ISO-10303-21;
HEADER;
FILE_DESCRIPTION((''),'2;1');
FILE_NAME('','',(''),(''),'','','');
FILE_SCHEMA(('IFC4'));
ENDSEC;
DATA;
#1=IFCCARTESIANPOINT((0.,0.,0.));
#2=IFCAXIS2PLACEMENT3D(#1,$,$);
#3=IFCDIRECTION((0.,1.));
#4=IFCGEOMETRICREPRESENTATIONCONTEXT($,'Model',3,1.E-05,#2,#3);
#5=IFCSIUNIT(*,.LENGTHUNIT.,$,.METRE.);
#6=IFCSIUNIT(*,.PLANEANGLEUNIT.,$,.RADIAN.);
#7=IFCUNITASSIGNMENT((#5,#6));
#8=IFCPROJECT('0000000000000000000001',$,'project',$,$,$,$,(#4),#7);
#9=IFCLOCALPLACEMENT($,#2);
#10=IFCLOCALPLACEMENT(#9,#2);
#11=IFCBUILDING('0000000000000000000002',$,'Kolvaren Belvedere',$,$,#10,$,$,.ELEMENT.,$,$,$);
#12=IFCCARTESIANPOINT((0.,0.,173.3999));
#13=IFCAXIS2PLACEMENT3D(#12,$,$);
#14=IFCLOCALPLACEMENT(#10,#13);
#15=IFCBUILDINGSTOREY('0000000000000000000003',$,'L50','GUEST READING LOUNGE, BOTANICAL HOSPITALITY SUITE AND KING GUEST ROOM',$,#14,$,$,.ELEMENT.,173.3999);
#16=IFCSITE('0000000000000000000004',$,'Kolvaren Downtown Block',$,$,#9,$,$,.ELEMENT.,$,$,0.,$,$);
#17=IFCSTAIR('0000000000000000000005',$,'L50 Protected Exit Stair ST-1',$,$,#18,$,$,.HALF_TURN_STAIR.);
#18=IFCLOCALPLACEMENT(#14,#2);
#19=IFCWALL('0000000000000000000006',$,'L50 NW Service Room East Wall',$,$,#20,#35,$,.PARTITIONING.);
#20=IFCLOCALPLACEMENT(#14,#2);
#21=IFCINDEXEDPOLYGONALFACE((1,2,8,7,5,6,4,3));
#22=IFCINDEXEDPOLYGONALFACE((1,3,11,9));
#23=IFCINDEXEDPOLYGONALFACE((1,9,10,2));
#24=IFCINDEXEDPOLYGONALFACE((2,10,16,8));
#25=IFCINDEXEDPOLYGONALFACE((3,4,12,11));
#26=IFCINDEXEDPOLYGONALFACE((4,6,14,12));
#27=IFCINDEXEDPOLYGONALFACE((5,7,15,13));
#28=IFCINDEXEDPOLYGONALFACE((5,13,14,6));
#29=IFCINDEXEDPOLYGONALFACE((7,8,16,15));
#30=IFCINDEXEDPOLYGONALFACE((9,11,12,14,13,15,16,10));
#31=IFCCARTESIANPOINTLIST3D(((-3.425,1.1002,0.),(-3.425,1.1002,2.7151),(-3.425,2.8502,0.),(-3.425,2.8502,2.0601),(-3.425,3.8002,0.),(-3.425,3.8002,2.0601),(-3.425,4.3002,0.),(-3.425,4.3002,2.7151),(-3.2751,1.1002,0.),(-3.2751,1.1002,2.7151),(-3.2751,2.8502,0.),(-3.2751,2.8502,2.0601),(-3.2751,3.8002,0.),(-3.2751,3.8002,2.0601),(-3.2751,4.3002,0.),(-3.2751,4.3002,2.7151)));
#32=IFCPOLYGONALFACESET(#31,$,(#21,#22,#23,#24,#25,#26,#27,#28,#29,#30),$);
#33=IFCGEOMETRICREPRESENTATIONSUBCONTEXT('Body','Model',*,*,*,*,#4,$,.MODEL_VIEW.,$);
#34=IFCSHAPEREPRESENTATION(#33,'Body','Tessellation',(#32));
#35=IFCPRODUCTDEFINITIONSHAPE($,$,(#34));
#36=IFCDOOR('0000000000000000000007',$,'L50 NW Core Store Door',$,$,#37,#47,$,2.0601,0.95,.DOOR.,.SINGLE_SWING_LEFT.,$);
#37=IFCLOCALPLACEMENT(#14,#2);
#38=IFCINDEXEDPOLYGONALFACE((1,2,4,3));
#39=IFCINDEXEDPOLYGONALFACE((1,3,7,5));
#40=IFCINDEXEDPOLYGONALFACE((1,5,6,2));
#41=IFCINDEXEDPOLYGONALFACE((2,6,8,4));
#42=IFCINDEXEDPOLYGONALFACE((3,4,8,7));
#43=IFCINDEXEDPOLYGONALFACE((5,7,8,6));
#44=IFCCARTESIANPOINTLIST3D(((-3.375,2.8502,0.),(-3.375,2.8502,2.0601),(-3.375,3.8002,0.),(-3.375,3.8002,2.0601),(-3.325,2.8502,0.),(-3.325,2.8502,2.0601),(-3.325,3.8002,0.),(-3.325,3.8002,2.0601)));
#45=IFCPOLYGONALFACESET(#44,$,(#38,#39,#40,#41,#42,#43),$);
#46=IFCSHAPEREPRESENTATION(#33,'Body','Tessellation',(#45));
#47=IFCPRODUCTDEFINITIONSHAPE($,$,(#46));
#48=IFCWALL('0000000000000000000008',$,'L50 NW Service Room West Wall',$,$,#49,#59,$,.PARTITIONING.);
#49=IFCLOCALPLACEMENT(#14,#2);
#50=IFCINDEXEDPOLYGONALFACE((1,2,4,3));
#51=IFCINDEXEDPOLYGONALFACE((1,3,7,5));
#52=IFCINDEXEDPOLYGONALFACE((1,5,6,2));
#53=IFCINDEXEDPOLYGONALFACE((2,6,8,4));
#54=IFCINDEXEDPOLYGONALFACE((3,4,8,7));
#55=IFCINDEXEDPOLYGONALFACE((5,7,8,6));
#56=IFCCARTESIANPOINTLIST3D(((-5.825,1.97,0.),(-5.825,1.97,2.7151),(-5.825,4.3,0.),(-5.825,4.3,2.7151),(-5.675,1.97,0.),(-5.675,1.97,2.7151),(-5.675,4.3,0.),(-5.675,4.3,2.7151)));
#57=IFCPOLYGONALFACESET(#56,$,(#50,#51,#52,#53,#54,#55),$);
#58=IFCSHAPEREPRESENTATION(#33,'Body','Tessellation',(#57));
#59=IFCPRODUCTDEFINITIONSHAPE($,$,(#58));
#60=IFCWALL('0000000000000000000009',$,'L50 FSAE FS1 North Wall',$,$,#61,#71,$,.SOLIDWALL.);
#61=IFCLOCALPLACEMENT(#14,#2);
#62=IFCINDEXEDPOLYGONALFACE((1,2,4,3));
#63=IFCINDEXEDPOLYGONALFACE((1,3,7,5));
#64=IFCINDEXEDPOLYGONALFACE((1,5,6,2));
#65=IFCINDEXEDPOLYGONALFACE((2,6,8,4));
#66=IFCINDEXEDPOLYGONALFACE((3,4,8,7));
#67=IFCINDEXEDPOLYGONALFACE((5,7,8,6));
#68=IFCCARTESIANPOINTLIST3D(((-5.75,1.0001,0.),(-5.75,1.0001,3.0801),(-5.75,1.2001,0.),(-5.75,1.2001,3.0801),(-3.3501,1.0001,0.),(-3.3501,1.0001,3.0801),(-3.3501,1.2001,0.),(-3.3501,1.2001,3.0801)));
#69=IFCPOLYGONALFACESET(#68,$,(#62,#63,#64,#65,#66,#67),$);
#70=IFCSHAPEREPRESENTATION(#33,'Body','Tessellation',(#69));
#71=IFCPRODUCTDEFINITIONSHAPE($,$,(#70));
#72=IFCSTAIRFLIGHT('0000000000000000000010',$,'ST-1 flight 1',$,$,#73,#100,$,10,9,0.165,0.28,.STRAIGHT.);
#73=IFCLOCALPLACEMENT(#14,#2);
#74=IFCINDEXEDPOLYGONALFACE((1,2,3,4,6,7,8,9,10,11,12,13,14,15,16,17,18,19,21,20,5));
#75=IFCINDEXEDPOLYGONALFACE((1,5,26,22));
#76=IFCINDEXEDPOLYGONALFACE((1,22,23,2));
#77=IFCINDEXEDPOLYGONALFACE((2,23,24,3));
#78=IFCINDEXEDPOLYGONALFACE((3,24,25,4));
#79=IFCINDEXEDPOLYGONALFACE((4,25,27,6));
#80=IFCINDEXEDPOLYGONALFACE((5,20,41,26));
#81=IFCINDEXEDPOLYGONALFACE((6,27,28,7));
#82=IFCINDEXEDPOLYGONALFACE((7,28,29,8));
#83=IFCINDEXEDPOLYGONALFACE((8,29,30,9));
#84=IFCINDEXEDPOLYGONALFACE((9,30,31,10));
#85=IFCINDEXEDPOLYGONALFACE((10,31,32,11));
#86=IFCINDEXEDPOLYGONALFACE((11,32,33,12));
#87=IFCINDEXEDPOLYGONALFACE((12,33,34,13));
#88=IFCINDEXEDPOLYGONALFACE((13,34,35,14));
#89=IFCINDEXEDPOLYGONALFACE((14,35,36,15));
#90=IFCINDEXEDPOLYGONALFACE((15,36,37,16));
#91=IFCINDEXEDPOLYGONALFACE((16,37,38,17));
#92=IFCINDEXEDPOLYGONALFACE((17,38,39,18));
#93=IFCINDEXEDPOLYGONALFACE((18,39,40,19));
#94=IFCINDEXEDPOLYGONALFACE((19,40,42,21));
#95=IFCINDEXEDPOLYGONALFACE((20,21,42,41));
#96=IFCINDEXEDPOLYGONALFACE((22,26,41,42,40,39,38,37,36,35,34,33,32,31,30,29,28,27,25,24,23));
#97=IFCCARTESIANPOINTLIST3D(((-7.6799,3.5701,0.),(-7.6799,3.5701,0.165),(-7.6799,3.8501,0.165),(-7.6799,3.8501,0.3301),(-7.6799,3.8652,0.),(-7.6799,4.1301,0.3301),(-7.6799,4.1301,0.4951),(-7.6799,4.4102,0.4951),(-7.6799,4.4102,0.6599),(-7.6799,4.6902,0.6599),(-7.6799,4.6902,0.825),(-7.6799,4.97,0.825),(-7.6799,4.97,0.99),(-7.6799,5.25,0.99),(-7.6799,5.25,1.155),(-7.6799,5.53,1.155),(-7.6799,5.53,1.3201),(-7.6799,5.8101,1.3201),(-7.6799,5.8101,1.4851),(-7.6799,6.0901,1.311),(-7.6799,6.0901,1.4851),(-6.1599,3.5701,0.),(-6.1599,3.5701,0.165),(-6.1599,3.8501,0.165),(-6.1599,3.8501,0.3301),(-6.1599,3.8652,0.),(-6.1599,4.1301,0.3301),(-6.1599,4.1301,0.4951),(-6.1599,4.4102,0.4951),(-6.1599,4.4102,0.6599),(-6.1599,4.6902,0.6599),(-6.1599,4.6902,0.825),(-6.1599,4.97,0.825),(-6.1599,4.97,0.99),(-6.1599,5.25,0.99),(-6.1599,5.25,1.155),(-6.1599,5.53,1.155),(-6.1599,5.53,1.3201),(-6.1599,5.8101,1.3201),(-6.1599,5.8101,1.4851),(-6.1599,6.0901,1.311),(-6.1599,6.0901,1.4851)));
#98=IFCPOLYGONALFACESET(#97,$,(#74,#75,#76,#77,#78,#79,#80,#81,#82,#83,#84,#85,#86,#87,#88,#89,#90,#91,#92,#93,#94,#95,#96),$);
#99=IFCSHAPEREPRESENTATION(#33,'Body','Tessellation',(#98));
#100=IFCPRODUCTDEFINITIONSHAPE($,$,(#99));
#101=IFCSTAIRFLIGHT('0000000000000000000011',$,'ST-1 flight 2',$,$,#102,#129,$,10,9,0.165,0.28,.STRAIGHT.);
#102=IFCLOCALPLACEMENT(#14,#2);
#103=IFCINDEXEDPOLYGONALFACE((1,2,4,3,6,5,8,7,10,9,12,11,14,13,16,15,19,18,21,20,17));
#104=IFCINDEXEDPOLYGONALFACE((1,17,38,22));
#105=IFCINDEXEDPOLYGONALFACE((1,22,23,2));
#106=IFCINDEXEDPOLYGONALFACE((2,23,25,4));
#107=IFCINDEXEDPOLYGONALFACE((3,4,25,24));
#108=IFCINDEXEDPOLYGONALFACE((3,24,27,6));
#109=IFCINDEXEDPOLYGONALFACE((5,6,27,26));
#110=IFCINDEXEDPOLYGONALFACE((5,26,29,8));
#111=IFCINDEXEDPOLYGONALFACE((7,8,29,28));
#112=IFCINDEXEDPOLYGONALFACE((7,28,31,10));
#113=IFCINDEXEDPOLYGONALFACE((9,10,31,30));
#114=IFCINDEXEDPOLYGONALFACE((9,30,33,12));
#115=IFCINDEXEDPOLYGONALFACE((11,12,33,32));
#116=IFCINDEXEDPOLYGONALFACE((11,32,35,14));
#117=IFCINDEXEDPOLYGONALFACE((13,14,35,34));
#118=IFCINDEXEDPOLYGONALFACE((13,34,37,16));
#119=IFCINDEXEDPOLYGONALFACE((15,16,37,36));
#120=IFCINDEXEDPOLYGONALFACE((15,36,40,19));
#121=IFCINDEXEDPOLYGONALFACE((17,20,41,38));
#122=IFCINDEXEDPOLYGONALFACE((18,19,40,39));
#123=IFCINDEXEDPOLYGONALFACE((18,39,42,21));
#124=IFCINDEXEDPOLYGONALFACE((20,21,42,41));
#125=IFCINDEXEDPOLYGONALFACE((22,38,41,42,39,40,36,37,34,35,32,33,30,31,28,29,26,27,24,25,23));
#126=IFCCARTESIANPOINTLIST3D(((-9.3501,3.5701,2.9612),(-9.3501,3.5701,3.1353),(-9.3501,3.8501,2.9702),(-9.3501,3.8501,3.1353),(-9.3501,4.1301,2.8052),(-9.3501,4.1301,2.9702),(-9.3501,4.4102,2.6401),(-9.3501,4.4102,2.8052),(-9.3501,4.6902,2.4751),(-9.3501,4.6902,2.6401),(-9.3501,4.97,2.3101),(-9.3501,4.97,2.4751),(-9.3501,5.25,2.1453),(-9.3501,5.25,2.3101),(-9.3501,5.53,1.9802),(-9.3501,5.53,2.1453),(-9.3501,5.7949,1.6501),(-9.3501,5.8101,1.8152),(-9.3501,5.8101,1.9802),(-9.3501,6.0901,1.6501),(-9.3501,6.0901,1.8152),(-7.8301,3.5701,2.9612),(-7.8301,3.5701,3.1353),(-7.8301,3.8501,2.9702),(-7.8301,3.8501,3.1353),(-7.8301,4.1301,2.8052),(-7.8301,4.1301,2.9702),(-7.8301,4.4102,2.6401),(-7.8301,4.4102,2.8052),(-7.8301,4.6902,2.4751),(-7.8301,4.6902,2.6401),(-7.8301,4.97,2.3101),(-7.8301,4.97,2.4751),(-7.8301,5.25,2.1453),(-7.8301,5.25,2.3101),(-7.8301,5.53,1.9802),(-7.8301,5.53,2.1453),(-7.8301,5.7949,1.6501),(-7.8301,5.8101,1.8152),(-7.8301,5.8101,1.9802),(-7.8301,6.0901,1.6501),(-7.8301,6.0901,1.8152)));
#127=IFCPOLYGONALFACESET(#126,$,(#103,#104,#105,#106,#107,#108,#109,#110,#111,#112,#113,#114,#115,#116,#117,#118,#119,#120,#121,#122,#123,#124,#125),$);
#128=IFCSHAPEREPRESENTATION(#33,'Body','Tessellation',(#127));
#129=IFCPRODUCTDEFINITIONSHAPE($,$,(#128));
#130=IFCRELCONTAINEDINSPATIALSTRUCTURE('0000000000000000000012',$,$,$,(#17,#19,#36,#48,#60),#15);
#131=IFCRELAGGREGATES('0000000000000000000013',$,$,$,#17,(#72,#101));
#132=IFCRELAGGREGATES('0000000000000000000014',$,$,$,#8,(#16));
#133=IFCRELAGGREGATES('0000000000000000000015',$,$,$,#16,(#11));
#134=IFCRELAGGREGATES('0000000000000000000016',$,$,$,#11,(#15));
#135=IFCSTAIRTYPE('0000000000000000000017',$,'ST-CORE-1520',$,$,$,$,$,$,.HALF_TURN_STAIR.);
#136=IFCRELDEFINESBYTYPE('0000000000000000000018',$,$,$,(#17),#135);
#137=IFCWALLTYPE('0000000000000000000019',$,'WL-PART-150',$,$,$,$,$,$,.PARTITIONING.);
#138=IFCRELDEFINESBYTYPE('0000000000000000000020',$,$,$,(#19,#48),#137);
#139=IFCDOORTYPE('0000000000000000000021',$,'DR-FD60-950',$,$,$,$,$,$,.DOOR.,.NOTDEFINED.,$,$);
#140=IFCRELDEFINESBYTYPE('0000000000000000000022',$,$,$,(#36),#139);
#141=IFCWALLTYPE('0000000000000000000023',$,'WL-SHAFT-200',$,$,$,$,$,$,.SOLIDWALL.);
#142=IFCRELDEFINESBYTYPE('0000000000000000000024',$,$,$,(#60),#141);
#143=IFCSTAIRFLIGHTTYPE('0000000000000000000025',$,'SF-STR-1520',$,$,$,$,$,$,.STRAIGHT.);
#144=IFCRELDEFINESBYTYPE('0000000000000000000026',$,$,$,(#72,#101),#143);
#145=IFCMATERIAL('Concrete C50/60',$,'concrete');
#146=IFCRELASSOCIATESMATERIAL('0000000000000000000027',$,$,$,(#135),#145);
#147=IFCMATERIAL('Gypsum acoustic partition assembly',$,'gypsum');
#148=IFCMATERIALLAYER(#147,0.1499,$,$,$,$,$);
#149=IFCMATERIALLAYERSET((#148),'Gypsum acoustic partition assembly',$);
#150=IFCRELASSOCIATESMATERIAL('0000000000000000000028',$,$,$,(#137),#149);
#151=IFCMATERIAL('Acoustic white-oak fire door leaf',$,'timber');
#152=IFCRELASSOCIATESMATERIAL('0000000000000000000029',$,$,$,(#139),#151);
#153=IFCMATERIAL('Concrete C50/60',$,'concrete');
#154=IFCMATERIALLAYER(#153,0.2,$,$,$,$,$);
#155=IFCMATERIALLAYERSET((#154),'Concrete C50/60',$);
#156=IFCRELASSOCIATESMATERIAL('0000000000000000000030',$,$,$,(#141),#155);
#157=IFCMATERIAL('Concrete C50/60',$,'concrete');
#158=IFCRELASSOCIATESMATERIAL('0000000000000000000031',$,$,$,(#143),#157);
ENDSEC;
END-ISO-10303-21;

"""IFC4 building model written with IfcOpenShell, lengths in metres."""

from ifc_helpers import new_model, si_unit, direction, frame, frame_2d, origin, place, context, subcontext, project, spatial, polyline, rectangle, outline, extrude, material, layer, layer_set, type_object, element, fill, aggregate, save


model = new_model("IFC4")

# Units and contexts
model_context = context("Model", 3, precision=1e-05, world=origin(), true_north=direction((0.0, 1.0)))
body_context = subcontext(model_context, "Body", "Model", "MODEL_VIEW")
ifc_project = project(units=[si_unit("LENGTHUNIT", "METRE"), si_unit("PLANEANGLEUNIT", "RADIAN")], contexts=[model_context])

# Site, building, storey
site_placement = place(None, origin())
site = spatial("IfcSite", under=ifc_project, at=site_placement, Name="Kolvaren Downtown Block", CompositionType="ELEMENT", RefElevation=0.0)
building_placement = place(site_placement, origin())
building = spatial("IfcBuilding", under=site, at=building_placement, Name="Kolvaren Belvedere", CompositionType="ELEMENT")
storey_placement = place(building_placement, frame((0.0, 0.0, 173.3999)))
storey = spatial("IfcBuildingStorey", under=building, at=storey_placement, Name="L50", Description="GUEST READING LOUNGE, BOTANICAL HOSPITALITY SUITE AND KING GUEST ROOM", CompositionType="ELEMENT", Elevation=173.3999)

# Stair
ifc_material_1 = material(Name="Concrete C50/60", Category="concrete")
stair_type = type_object("IfcStairType", Name="ST-CORE-1520", PredefinedType="HALF_TURN_STAIR", material=ifc_material_1)
stair_placement = place(storey_placement, origin())
stair = element("IfcStair", 1, at=stair_placement, inside=storey, type_object=stair_type, Name="L50 Protected Exit Stair ST-1", PredefinedType="HALF_TURN_STAIR")

# Shared definitions
ifc_material_2 = material(Name="Gypsum acoustic partition assembly", Category="gypsum")
ifc_layer_1 = layer(ifc_material_2, 0.1499)
ifc_layer_set_1 = layer_set([ifc_layer_1], Name="Gypsum acoustic partition assembly")
wall_type_1 = type_object("IfcWallType", Name="WL-PART-150", PredefinedType="PARTITIONING", material=ifc_layer_set_1)

# Wall, opening, door
wall_1_placement = place(storey_placement, frame((-3.3501, 1.1001, 0.0), z_axis=(0.0, 0.0, 1.0), x_axis=(0.0, 1.0, 0.0)))
wall_1 = element("IfcWall", 2, at=wall_1_placement, inside=storey, type_object=wall_type_1, Name="L50 NW Service Room East Wall", PredefinedType="PARTITIONING", context=body_context, shape_type="SweptSolid", body=[
    extrude(rectangle(XDim=3.2, YDim=0.1499, at=frame_2d((1.6001, 0.0))), origin(), (0.0, 0.0, 1.0), 2.7151),
])
opening_1_placement = place(wall_1_placement, frame((1.75, 0.0, 0.0)))
opening_1 = element("IfcOpeningElement", 3, at=opening_1_placement, cuts=wall_1, PredefinedType="OPENING", context=body_context, shape_type="SweptSolid", body=[
    extrude(rectangle(XDim=0.95, YDim=2.0601, at=frame_2d((0.4751, 1.03))), frame((0.0, 0.085, 0.0), z_axis=(0.0, -1.0, 0.0), x_axis=(1.0, 0.0, 0.0)), (0.0, 0.0, 1.0), 0.1699),
])
ifc_material_3 = material(Name="Acoustic white-oak fire door leaf", Category="timber")
door_type_1 = type_object("IfcDoorType", Name="DR-FD60-950", OperationType="NOTDEFINED", PredefinedType="DOOR", material=ifc_material_3)
door_1_placement = place(opening_1_placement, origin())
door_1 = element("IfcDoor", 4, at=door_1_placement, inside=storey, type_object=door_type_1, Name="L50 NW Core Store Door", OperationType="SINGLE_SWING_LEFT", OverallHeight=2.0601, OverallWidth=0.95, PredefinedType="DOOR", context=body_context, shape_type="SweptSolid", body=[
    extrude(rectangle(XDim=0.95, YDim=2.0601, at=frame_2d((0.4751, 1.03))), frame((0.0, 0.0249, 0.0), z_axis=(0.0, -1.0, 0.0), x_axis=(1.0, 0.0, 0.0)), (0.0, 0.0, 1.0), 0.05),
])
fill(opening_1, door_1)

# Walls
wall_2_placement = place(storey_placement, frame((-5.75, 1.97, 0.0), z_axis=(0.0, 0.0, 1.0), x_axis=(0.0, 1.0, 0.0)))
element("IfcWall", 5, at=wall_2_placement, inside=storey, type_object=wall_type_1, Name="L50 NW Service Room West Wall", PredefinedType="PARTITIONING", context=body_context, shape_type="SweptSolid", body=[
    extrude(rectangle(XDim=2.3301, YDim=0.1499, at=frame_2d((1.165, 0.0))), origin(), (0.0, 0.0, 1.0), 2.7151),
])
ifc_material_4 = material(Name="Concrete C50/60", Category="concrete")
ifc_layer_2 = layer(ifc_material_4, 0.2)
ifc_layer_set_2 = layer_set([ifc_layer_2], Name="Concrete C50/60")
wall_type_2 = type_object("IfcWallType", Name="WL-SHAFT-200", PredefinedType="SOLIDWALL", material=ifc_layer_set_2)
wall_3_placement = place(storey_placement, frame((-5.75, 1.1001, 0.0), z_axis=(0.0, 0.0, 1.0), x_axis=(1.0, 0.0, 0.0)))
element("IfcWall", 6, at=wall_3_placement, inside=storey, type_object=wall_type_2, Name="L50 FSAE FS1 North Wall", PredefinedType="SOLIDWALL", context=body_context, shape_type="SweptSolid", body=[
    extrude(rectangle(XDim=2.3999, YDim=0.2, at=frame_2d((1.2, 0.0))), origin(), (0.0, 0.0, 1.0), 3.0801),
])

# Stair flights
ifc_material_5 = material(Name="Concrete C50/60", Category="concrete")
stair_flight_type = type_object("IfcStairFlightType", Name="SF-STR-1520", PredefinedType="STRAIGHT", material=ifc_material_5)
stair_flight_1_placement = place(storey_placement, frame((-6.9199, 3.5701, 0.0), z_axis=(0.0, 0.0, 1.0), x_axis=(0.0, 1.0, 0.0)))
stair_flight_1 = element("IfcStairFlight", 7, at=stair_flight_1_placement, type_object=stair_flight_type, Name="ST-1 flight 1", NumberOfRisers=10, NumberOfTreads=9, PredefinedType="STRAIGHT", RiserHeight=0.165, TreadLength=0.28, context=body_context, shape_type="SweptSolid", body=[
    extrude(outline(polyline([(0.0, 0.0), (0.0, 0.165), (0.28, 0.165), (0.28, 0.3301), (0.5601, 0.3301), (0.5601, 0.4951), (0.8401, 0.4951), (0.8401, 0.6599), (1.1201, 0.6599), (1.1201, 0.825), (1.3999, 0.825), (1.3999, 0.99), (1.6799, 0.99), (1.6799, 1.155), (1.96, 1.155), (1.96, 1.3201), (2.24, 1.3201), (2.24, 1.4851), (2.52, 1.4851), (2.52, 1.6499), (2.52, 1.311), (0.2952, 0.0), (0.0, 0.0)])), frame((0.0, 0.76, 0.0), z_axis=(0.0, -1.0, 0.0), x_axis=(1.0, 0.0, 0.0)), (0.0, 0.0, 1.0), 1.52),
])
stair_flight_2_placement = place(storey_placement, frame((-8.5901, 6.0901, 1.6501), z_axis=(0.0, 0.0, 1.0), x_axis=(0.0, -1.0, 0.0)))
stair_flight_2 = element("IfcStairFlight", 8, at=stair_flight_2_placement, type_object=stair_flight_type, Name="ST-1 flight 2", NumberOfRisers=10, NumberOfTreads=9, PredefinedType="STRAIGHT", RiserHeight=0.165, TreadLength=0.28, context=body_context, shape_type="SweptSolid", body=[
    extrude(outline(polyline([(0.0, 0.0), (0.0, 0.165), (0.28, 0.165), (0.28, 0.3301), (0.5601, 0.3301), (0.5601, 0.4951), (0.8401, 0.4951), (0.8401, 0.6599), (1.1201, 0.6599), (1.1201, 0.825), (1.3999, 0.825), (1.3999, 0.99), (1.6799, 0.99), (1.6799, 1.155), (1.96, 1.155), (1.96, 1.3201), (2.24, 1.3201), (2.24, 1.4851), (2.52, 1.4851), (2.52, 1.6499), (2.52, 1.311), (0.2952, 0.0), (0.0, 0.0)])), frame((0.0, 0.76, 0.0), z_axis=(0.0, -1.0, 0.0), x_axis=(1.0, 0.0, 0.0)), (0.0, 0.0, 1.0), 1.52),
])
aggregate(stair, [stair_flight_1, stair_flight_2])

save(model, "model.ifc")
